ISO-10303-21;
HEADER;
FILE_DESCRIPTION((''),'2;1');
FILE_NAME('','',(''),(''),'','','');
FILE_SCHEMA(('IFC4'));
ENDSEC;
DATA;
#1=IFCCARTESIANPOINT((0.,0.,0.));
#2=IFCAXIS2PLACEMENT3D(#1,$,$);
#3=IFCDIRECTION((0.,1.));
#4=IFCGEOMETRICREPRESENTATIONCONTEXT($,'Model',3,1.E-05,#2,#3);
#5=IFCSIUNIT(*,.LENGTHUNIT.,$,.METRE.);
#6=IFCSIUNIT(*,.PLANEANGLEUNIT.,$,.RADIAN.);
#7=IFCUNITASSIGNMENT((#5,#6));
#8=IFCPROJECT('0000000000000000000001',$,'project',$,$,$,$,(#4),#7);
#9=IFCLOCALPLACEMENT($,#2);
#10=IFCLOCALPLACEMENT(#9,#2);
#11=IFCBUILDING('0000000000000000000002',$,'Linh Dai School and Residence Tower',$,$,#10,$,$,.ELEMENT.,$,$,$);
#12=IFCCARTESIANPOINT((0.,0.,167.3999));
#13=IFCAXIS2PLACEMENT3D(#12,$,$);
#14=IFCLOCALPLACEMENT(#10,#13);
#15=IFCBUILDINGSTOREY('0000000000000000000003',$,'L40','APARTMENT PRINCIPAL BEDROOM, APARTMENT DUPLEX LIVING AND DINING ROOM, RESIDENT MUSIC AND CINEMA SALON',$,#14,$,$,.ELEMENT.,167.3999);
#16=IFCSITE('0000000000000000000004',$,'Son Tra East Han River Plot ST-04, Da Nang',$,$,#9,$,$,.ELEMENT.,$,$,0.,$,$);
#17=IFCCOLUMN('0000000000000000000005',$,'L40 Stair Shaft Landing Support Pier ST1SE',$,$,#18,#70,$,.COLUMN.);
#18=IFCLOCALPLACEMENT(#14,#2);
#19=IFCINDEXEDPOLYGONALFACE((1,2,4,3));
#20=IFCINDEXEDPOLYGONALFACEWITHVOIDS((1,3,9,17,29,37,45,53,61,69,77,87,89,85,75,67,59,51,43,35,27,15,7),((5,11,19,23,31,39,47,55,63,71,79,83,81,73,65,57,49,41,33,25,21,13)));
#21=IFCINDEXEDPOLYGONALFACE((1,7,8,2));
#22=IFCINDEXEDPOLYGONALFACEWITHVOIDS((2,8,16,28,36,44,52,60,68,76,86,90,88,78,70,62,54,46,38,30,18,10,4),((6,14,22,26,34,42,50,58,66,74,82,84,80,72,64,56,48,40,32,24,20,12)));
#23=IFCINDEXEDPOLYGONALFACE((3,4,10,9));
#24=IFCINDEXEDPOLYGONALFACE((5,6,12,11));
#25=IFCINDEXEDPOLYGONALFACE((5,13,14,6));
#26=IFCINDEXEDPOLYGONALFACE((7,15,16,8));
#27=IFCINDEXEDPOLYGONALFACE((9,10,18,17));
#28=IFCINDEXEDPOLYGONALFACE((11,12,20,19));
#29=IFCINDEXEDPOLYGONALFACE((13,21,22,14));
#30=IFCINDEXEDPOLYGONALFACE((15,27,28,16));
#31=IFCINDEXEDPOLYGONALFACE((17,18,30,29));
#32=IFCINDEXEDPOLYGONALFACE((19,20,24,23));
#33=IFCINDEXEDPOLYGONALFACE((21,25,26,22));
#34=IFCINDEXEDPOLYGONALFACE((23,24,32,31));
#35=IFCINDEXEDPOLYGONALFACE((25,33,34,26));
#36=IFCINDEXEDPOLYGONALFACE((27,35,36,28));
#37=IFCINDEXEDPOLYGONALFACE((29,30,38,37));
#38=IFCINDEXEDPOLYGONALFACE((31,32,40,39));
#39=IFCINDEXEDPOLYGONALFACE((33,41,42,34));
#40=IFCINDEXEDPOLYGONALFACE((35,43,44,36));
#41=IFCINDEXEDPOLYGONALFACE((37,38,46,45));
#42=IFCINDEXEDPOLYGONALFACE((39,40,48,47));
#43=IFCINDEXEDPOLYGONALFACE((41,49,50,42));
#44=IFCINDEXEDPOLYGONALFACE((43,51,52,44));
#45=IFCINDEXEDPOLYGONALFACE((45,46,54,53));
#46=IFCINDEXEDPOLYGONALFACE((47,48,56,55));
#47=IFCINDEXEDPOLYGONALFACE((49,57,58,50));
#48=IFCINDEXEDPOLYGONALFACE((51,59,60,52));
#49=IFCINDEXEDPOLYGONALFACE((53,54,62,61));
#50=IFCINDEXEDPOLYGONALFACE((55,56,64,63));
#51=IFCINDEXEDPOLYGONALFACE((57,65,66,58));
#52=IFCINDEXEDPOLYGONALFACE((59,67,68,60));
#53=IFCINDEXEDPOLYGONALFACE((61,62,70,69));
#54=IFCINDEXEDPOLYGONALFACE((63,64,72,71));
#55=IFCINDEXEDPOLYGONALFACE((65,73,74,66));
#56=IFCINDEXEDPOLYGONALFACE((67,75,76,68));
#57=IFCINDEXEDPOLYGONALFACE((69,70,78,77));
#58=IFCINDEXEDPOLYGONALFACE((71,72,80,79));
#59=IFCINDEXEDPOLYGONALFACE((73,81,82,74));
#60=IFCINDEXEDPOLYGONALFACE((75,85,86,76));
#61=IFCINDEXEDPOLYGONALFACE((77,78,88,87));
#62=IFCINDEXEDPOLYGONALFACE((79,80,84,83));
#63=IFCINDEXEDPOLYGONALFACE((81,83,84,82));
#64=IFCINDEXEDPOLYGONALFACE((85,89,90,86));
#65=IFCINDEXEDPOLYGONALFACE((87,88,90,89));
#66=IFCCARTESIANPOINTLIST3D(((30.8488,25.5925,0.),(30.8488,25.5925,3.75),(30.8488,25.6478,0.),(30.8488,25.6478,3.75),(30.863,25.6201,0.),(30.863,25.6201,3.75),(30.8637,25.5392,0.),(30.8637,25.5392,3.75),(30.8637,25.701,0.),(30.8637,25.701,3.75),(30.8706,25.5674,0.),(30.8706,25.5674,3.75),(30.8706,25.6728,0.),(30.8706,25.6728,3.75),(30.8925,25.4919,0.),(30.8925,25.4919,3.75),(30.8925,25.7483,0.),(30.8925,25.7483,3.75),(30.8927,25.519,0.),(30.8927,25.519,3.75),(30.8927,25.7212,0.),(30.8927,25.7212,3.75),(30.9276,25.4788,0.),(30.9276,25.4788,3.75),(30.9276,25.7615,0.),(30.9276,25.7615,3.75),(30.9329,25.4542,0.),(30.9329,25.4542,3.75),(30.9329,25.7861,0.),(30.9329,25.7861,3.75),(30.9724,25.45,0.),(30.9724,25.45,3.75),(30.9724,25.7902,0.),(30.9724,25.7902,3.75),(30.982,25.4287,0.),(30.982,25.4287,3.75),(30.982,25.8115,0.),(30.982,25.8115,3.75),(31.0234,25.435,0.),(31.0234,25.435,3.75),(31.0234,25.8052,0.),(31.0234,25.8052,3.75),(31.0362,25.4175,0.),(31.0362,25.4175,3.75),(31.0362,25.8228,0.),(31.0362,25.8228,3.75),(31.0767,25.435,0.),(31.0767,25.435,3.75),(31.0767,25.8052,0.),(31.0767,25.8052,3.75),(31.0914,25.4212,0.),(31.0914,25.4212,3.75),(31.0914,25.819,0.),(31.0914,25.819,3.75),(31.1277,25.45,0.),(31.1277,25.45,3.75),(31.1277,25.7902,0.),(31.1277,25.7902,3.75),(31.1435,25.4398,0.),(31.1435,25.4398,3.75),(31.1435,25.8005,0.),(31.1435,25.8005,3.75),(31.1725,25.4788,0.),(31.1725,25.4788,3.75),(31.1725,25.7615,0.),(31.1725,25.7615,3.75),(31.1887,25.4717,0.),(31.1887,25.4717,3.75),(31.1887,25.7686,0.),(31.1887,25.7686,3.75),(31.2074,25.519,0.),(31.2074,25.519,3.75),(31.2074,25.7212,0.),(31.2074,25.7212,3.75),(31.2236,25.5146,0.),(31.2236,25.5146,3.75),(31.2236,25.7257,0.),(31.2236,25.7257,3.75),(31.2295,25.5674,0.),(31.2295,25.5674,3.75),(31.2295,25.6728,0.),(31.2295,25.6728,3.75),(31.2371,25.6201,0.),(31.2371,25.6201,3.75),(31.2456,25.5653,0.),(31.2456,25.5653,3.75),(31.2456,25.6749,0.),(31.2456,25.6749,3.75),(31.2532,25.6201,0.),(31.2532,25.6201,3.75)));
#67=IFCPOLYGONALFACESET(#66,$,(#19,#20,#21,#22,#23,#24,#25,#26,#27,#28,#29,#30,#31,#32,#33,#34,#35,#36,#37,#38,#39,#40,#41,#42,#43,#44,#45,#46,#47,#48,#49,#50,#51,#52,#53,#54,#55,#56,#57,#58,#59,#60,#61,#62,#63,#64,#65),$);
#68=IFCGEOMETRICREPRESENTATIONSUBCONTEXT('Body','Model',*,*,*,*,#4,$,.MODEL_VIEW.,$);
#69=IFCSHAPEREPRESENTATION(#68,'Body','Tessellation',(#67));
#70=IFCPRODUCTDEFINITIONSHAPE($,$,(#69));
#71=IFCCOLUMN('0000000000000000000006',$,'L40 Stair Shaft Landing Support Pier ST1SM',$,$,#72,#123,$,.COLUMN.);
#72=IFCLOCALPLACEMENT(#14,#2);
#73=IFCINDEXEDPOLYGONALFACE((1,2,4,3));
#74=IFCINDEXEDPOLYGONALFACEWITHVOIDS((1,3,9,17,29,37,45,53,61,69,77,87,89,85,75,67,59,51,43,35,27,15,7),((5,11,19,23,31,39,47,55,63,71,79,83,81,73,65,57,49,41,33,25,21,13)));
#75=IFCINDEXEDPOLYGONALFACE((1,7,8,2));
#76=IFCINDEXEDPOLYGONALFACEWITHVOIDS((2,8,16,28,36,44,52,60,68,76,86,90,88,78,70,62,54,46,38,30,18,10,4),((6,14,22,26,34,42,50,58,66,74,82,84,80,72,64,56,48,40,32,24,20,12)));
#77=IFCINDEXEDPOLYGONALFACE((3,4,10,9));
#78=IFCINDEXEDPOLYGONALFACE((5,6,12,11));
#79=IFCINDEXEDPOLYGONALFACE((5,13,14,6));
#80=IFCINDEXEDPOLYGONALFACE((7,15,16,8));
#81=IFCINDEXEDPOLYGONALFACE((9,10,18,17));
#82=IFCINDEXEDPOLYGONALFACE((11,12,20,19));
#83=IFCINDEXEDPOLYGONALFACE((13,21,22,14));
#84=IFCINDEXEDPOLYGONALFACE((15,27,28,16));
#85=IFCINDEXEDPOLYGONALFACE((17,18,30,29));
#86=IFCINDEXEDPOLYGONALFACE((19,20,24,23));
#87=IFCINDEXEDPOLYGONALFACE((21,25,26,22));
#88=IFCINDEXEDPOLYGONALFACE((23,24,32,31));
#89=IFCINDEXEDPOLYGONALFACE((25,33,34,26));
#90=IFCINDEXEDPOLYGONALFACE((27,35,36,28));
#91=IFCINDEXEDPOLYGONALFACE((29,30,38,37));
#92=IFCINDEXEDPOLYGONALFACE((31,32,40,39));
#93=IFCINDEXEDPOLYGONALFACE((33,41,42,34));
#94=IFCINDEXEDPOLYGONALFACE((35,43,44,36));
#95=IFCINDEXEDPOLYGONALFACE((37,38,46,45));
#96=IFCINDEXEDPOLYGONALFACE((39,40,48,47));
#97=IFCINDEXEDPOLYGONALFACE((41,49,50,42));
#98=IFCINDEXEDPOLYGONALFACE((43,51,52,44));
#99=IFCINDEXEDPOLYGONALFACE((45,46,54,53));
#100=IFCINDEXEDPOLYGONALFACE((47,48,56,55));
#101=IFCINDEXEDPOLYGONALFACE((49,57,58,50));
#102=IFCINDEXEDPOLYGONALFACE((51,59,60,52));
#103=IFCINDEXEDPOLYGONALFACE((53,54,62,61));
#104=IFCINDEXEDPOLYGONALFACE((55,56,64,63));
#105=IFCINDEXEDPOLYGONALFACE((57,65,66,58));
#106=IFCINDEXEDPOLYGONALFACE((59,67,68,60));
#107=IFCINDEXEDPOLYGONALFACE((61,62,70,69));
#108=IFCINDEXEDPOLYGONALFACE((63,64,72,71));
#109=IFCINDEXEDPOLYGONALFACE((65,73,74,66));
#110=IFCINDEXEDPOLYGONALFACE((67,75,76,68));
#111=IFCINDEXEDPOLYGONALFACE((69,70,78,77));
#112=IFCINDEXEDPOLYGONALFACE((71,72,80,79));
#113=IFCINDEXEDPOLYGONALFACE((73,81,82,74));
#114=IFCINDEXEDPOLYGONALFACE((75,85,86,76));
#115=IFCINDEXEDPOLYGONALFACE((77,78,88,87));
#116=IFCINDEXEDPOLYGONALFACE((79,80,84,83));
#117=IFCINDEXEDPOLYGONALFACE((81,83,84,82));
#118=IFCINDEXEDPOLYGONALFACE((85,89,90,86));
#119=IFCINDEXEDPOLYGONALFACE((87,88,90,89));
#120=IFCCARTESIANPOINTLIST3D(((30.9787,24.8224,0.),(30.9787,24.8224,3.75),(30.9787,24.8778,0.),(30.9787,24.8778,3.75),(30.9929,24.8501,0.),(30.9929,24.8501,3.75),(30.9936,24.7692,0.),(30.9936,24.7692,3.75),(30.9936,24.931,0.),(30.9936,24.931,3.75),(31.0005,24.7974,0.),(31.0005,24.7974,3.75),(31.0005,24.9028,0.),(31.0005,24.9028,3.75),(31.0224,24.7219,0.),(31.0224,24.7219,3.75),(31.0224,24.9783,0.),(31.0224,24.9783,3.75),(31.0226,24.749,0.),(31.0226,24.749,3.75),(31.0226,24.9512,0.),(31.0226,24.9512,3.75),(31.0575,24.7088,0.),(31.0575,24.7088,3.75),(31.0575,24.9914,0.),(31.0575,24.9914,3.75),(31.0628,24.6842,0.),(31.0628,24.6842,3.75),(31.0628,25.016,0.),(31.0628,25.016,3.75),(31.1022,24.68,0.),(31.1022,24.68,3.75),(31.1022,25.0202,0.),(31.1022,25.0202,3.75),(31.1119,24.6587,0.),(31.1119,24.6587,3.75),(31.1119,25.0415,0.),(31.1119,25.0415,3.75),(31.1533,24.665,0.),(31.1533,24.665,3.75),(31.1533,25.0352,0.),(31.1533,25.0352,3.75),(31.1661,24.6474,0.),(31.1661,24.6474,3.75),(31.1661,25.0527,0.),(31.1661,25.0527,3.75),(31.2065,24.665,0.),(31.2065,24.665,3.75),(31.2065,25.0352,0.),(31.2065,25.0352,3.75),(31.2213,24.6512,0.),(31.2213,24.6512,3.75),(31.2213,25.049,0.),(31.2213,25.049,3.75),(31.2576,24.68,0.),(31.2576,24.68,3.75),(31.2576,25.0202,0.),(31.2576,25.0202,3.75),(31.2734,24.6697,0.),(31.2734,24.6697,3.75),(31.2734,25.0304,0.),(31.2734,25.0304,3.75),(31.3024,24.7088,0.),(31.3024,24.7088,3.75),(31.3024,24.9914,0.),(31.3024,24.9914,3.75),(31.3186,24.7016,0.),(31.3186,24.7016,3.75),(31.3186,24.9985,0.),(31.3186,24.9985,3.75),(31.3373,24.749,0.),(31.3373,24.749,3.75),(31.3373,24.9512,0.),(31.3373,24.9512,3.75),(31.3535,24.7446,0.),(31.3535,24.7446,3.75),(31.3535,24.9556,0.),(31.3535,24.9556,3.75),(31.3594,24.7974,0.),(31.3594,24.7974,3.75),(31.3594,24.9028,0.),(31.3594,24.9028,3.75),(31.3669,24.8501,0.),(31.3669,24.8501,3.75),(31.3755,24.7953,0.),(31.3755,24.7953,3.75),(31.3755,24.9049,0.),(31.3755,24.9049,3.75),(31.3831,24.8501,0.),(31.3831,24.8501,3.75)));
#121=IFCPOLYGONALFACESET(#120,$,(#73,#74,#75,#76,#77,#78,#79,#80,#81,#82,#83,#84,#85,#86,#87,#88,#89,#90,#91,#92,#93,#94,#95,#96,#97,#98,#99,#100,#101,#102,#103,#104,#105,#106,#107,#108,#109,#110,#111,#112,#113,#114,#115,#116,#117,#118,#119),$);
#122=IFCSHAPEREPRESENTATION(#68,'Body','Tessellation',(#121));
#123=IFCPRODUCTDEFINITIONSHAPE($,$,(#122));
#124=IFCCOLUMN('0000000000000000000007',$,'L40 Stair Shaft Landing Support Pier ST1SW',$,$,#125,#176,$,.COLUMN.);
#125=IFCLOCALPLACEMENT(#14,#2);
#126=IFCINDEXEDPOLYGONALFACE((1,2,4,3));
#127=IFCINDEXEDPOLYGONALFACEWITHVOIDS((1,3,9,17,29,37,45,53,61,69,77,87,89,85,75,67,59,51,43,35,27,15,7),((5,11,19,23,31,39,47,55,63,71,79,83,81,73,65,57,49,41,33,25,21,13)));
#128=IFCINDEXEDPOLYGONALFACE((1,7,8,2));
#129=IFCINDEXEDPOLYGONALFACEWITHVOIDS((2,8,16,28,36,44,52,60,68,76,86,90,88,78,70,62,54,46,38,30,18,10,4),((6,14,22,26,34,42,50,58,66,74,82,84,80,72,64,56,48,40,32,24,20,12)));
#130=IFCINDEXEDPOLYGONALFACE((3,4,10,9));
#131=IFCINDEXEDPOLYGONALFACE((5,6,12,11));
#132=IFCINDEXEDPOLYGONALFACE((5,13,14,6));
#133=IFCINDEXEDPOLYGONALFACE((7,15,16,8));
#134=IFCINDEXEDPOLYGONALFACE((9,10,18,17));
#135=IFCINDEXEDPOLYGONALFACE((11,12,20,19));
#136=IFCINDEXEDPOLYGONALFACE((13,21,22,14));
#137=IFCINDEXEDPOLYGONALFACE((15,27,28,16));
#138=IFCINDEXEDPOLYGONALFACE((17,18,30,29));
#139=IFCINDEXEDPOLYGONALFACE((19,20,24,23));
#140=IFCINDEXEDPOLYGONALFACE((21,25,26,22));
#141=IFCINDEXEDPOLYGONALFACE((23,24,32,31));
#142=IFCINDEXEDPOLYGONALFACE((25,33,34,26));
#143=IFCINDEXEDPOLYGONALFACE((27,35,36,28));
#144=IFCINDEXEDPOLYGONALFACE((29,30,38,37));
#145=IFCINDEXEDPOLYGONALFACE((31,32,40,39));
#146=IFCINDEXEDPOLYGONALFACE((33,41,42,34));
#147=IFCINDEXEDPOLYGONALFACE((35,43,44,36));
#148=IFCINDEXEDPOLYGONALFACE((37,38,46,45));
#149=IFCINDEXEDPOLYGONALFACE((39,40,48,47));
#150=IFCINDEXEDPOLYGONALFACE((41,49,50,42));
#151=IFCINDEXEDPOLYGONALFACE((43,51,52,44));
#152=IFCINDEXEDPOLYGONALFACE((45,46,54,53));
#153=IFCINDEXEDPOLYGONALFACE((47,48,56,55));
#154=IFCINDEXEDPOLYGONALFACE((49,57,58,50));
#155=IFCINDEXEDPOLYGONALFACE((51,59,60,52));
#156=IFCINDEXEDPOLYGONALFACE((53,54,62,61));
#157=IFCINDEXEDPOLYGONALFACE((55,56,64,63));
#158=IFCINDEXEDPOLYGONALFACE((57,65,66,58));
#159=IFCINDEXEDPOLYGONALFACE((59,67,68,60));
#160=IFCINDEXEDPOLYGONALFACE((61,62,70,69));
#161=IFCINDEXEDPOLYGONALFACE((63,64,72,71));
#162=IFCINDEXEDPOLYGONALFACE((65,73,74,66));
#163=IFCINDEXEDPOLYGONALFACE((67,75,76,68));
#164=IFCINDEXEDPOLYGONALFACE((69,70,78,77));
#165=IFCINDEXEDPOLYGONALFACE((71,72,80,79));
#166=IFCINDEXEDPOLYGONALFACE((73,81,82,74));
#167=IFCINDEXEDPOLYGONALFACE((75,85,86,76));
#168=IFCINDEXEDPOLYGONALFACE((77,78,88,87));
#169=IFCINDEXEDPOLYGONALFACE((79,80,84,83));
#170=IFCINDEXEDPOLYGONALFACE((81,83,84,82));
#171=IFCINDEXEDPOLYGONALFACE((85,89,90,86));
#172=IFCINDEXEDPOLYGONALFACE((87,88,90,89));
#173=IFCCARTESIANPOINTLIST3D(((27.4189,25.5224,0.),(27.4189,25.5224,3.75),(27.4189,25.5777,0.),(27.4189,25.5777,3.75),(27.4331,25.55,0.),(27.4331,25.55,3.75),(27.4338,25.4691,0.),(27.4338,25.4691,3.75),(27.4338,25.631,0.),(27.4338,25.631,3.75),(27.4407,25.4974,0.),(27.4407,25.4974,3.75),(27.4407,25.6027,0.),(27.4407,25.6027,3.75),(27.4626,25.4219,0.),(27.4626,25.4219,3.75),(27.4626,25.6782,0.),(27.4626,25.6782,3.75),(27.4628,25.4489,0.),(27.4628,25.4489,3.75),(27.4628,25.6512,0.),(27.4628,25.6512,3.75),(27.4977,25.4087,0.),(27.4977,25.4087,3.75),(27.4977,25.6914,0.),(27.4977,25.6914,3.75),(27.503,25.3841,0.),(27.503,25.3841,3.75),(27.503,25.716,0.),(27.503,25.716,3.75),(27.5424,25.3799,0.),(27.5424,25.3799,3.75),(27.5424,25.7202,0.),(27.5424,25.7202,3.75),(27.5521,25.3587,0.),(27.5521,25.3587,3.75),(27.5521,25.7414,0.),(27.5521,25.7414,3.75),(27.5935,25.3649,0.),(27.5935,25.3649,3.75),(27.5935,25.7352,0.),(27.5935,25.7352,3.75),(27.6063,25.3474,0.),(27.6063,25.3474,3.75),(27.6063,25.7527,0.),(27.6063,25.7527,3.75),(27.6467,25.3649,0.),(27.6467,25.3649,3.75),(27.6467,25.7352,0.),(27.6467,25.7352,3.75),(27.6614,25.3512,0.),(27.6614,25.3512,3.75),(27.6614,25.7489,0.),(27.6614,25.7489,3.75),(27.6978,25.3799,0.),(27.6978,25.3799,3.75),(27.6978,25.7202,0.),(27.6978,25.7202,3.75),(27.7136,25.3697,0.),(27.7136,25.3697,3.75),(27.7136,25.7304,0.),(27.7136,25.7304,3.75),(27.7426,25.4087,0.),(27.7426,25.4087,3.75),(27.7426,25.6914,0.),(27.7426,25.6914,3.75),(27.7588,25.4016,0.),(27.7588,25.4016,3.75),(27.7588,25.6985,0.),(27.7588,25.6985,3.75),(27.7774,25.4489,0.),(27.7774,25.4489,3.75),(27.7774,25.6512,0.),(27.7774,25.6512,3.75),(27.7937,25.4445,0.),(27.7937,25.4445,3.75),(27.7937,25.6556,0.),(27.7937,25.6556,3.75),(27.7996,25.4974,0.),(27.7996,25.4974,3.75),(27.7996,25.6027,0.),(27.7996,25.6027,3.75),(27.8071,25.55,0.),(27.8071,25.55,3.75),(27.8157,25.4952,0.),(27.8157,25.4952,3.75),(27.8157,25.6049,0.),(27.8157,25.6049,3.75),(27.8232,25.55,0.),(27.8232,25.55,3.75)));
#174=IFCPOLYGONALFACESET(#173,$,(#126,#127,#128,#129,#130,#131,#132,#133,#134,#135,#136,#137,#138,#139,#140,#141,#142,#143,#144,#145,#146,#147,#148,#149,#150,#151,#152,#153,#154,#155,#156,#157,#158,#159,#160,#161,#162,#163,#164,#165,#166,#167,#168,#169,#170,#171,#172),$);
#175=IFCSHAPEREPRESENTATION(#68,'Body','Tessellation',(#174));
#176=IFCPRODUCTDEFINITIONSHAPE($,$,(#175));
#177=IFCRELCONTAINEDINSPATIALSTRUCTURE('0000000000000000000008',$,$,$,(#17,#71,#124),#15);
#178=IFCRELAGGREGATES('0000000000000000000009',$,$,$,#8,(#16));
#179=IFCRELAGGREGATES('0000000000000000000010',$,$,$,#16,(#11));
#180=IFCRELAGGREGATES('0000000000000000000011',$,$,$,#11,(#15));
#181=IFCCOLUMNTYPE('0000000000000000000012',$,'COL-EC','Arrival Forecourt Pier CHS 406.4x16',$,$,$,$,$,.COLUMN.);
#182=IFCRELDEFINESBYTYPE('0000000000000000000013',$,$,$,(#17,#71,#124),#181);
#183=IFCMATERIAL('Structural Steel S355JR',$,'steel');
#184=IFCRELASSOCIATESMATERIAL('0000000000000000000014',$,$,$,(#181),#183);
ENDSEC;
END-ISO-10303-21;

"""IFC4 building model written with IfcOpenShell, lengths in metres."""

from ifc_helpers import new_model, si_unit, direction, frame, origin, origin_2d, place, context, subcontext, project, spatial, hollow_circle, extrude, material, material_profile, profile_set, type_object, element, save


model = new_model("IFC4")

# Units and contexts
model_context = context("Model", 3, precision=1e-05, world=origin(), true_north=direction((0.0, 1.0)))
body_context = subcontext(model_context, "Body", "Model", "MODEL_VIEW")
ifc_project = project(units=[si_unit("LENGTHUNIT", "METRE"), si_unit("PLANEANGLEUNIT", "RADIAN")], contexts=[model_context])

# Site, building, storey
site_placement = place(None, origin())
site = spatial("IfcSite", under=ifc_project, at=site_placement, Name="Son Tra East Han River Plot ST-04, Da Nang", CompositionType="ELEMENT", RefElevation=0.0)
building_placement = place(site_placement, origin())
building = spatial("IfcBuilding", under=site, at=building_placement, Name="Linh Dai School and Residence Tower", CompositionType="ELEMENT")
storey_placement = place(building_placement, frame((0.0, 0.0, 167.3999)))
storey = spatial("IfcBuildingStorey", under=building, at=storey_placement, Name="L40", Description="APARTMENT PRINCIPAL BEDROOM, APARTMENT DUPLEX LIVING AND DINING ROOM, RESIDENT MUSIC AND CINEMA SALON", CompositionType="ELEMENT", Elevation=167.3999)

# Columns
ifc_material_1 = material(Name="Structural Steel S355JR", Category="steel")
ifc_material_profile_1 = material_profile(ifc_material_1, hollow_circle(Radius=0.2031, WallThickness=0.0161, at=origin_2d()), Name="CHS 406.4x16")
ifc_profile_set_1 = profile_set([ifc_material_profile_1], Name="Structural Steel S355JR")
column_type_1 = type_object("IfcColumnType", Name="COL-EC", Description="Arrival Forecourt Pier CHS 406.4x16", PredefinedType="COLUMN", material=ifc_profile_set_1)
for number, where, z_axis, x_axis, name in (
    (1, (31.05, 25.6201, 0.0), (0.0, 0.0, 1.0), (1.0, 0.0, 0.0), "L40 Stair Shaft Landing Support Pier ST1SE"),
    (2, (31.1799, 24.8501, 0.0), (0.0, 0.0, 1.0), (1.0, 0.0, 0.0), "L40 Stair Shaft Landing Support Pier ST1SM"),
    (3, (27.6201, 25.55, 0.0), (0.0, 0.0, 1.0), (1.0, 0.0, 0.0), "L40 Stair Shaft Landing Support Pier ST1SW"),
):
    element("IfcColumn", number, at=place(storey_placement, frame(where, z_axis=z_axis, x_axis=x_axis)), inside=storey, type_object=column_type_1, Name=name, PredefinedType="COLUMN", context=body_context, shape_type="SweptSolid", body=[
        extrude(hollow_circle(Radius=0.2031, WallThickness=0.0161, at=origin_2d()), origin(), (0.0, 0.0, 1.0), 3.75),
    ])

save(model, "model.ifc")
